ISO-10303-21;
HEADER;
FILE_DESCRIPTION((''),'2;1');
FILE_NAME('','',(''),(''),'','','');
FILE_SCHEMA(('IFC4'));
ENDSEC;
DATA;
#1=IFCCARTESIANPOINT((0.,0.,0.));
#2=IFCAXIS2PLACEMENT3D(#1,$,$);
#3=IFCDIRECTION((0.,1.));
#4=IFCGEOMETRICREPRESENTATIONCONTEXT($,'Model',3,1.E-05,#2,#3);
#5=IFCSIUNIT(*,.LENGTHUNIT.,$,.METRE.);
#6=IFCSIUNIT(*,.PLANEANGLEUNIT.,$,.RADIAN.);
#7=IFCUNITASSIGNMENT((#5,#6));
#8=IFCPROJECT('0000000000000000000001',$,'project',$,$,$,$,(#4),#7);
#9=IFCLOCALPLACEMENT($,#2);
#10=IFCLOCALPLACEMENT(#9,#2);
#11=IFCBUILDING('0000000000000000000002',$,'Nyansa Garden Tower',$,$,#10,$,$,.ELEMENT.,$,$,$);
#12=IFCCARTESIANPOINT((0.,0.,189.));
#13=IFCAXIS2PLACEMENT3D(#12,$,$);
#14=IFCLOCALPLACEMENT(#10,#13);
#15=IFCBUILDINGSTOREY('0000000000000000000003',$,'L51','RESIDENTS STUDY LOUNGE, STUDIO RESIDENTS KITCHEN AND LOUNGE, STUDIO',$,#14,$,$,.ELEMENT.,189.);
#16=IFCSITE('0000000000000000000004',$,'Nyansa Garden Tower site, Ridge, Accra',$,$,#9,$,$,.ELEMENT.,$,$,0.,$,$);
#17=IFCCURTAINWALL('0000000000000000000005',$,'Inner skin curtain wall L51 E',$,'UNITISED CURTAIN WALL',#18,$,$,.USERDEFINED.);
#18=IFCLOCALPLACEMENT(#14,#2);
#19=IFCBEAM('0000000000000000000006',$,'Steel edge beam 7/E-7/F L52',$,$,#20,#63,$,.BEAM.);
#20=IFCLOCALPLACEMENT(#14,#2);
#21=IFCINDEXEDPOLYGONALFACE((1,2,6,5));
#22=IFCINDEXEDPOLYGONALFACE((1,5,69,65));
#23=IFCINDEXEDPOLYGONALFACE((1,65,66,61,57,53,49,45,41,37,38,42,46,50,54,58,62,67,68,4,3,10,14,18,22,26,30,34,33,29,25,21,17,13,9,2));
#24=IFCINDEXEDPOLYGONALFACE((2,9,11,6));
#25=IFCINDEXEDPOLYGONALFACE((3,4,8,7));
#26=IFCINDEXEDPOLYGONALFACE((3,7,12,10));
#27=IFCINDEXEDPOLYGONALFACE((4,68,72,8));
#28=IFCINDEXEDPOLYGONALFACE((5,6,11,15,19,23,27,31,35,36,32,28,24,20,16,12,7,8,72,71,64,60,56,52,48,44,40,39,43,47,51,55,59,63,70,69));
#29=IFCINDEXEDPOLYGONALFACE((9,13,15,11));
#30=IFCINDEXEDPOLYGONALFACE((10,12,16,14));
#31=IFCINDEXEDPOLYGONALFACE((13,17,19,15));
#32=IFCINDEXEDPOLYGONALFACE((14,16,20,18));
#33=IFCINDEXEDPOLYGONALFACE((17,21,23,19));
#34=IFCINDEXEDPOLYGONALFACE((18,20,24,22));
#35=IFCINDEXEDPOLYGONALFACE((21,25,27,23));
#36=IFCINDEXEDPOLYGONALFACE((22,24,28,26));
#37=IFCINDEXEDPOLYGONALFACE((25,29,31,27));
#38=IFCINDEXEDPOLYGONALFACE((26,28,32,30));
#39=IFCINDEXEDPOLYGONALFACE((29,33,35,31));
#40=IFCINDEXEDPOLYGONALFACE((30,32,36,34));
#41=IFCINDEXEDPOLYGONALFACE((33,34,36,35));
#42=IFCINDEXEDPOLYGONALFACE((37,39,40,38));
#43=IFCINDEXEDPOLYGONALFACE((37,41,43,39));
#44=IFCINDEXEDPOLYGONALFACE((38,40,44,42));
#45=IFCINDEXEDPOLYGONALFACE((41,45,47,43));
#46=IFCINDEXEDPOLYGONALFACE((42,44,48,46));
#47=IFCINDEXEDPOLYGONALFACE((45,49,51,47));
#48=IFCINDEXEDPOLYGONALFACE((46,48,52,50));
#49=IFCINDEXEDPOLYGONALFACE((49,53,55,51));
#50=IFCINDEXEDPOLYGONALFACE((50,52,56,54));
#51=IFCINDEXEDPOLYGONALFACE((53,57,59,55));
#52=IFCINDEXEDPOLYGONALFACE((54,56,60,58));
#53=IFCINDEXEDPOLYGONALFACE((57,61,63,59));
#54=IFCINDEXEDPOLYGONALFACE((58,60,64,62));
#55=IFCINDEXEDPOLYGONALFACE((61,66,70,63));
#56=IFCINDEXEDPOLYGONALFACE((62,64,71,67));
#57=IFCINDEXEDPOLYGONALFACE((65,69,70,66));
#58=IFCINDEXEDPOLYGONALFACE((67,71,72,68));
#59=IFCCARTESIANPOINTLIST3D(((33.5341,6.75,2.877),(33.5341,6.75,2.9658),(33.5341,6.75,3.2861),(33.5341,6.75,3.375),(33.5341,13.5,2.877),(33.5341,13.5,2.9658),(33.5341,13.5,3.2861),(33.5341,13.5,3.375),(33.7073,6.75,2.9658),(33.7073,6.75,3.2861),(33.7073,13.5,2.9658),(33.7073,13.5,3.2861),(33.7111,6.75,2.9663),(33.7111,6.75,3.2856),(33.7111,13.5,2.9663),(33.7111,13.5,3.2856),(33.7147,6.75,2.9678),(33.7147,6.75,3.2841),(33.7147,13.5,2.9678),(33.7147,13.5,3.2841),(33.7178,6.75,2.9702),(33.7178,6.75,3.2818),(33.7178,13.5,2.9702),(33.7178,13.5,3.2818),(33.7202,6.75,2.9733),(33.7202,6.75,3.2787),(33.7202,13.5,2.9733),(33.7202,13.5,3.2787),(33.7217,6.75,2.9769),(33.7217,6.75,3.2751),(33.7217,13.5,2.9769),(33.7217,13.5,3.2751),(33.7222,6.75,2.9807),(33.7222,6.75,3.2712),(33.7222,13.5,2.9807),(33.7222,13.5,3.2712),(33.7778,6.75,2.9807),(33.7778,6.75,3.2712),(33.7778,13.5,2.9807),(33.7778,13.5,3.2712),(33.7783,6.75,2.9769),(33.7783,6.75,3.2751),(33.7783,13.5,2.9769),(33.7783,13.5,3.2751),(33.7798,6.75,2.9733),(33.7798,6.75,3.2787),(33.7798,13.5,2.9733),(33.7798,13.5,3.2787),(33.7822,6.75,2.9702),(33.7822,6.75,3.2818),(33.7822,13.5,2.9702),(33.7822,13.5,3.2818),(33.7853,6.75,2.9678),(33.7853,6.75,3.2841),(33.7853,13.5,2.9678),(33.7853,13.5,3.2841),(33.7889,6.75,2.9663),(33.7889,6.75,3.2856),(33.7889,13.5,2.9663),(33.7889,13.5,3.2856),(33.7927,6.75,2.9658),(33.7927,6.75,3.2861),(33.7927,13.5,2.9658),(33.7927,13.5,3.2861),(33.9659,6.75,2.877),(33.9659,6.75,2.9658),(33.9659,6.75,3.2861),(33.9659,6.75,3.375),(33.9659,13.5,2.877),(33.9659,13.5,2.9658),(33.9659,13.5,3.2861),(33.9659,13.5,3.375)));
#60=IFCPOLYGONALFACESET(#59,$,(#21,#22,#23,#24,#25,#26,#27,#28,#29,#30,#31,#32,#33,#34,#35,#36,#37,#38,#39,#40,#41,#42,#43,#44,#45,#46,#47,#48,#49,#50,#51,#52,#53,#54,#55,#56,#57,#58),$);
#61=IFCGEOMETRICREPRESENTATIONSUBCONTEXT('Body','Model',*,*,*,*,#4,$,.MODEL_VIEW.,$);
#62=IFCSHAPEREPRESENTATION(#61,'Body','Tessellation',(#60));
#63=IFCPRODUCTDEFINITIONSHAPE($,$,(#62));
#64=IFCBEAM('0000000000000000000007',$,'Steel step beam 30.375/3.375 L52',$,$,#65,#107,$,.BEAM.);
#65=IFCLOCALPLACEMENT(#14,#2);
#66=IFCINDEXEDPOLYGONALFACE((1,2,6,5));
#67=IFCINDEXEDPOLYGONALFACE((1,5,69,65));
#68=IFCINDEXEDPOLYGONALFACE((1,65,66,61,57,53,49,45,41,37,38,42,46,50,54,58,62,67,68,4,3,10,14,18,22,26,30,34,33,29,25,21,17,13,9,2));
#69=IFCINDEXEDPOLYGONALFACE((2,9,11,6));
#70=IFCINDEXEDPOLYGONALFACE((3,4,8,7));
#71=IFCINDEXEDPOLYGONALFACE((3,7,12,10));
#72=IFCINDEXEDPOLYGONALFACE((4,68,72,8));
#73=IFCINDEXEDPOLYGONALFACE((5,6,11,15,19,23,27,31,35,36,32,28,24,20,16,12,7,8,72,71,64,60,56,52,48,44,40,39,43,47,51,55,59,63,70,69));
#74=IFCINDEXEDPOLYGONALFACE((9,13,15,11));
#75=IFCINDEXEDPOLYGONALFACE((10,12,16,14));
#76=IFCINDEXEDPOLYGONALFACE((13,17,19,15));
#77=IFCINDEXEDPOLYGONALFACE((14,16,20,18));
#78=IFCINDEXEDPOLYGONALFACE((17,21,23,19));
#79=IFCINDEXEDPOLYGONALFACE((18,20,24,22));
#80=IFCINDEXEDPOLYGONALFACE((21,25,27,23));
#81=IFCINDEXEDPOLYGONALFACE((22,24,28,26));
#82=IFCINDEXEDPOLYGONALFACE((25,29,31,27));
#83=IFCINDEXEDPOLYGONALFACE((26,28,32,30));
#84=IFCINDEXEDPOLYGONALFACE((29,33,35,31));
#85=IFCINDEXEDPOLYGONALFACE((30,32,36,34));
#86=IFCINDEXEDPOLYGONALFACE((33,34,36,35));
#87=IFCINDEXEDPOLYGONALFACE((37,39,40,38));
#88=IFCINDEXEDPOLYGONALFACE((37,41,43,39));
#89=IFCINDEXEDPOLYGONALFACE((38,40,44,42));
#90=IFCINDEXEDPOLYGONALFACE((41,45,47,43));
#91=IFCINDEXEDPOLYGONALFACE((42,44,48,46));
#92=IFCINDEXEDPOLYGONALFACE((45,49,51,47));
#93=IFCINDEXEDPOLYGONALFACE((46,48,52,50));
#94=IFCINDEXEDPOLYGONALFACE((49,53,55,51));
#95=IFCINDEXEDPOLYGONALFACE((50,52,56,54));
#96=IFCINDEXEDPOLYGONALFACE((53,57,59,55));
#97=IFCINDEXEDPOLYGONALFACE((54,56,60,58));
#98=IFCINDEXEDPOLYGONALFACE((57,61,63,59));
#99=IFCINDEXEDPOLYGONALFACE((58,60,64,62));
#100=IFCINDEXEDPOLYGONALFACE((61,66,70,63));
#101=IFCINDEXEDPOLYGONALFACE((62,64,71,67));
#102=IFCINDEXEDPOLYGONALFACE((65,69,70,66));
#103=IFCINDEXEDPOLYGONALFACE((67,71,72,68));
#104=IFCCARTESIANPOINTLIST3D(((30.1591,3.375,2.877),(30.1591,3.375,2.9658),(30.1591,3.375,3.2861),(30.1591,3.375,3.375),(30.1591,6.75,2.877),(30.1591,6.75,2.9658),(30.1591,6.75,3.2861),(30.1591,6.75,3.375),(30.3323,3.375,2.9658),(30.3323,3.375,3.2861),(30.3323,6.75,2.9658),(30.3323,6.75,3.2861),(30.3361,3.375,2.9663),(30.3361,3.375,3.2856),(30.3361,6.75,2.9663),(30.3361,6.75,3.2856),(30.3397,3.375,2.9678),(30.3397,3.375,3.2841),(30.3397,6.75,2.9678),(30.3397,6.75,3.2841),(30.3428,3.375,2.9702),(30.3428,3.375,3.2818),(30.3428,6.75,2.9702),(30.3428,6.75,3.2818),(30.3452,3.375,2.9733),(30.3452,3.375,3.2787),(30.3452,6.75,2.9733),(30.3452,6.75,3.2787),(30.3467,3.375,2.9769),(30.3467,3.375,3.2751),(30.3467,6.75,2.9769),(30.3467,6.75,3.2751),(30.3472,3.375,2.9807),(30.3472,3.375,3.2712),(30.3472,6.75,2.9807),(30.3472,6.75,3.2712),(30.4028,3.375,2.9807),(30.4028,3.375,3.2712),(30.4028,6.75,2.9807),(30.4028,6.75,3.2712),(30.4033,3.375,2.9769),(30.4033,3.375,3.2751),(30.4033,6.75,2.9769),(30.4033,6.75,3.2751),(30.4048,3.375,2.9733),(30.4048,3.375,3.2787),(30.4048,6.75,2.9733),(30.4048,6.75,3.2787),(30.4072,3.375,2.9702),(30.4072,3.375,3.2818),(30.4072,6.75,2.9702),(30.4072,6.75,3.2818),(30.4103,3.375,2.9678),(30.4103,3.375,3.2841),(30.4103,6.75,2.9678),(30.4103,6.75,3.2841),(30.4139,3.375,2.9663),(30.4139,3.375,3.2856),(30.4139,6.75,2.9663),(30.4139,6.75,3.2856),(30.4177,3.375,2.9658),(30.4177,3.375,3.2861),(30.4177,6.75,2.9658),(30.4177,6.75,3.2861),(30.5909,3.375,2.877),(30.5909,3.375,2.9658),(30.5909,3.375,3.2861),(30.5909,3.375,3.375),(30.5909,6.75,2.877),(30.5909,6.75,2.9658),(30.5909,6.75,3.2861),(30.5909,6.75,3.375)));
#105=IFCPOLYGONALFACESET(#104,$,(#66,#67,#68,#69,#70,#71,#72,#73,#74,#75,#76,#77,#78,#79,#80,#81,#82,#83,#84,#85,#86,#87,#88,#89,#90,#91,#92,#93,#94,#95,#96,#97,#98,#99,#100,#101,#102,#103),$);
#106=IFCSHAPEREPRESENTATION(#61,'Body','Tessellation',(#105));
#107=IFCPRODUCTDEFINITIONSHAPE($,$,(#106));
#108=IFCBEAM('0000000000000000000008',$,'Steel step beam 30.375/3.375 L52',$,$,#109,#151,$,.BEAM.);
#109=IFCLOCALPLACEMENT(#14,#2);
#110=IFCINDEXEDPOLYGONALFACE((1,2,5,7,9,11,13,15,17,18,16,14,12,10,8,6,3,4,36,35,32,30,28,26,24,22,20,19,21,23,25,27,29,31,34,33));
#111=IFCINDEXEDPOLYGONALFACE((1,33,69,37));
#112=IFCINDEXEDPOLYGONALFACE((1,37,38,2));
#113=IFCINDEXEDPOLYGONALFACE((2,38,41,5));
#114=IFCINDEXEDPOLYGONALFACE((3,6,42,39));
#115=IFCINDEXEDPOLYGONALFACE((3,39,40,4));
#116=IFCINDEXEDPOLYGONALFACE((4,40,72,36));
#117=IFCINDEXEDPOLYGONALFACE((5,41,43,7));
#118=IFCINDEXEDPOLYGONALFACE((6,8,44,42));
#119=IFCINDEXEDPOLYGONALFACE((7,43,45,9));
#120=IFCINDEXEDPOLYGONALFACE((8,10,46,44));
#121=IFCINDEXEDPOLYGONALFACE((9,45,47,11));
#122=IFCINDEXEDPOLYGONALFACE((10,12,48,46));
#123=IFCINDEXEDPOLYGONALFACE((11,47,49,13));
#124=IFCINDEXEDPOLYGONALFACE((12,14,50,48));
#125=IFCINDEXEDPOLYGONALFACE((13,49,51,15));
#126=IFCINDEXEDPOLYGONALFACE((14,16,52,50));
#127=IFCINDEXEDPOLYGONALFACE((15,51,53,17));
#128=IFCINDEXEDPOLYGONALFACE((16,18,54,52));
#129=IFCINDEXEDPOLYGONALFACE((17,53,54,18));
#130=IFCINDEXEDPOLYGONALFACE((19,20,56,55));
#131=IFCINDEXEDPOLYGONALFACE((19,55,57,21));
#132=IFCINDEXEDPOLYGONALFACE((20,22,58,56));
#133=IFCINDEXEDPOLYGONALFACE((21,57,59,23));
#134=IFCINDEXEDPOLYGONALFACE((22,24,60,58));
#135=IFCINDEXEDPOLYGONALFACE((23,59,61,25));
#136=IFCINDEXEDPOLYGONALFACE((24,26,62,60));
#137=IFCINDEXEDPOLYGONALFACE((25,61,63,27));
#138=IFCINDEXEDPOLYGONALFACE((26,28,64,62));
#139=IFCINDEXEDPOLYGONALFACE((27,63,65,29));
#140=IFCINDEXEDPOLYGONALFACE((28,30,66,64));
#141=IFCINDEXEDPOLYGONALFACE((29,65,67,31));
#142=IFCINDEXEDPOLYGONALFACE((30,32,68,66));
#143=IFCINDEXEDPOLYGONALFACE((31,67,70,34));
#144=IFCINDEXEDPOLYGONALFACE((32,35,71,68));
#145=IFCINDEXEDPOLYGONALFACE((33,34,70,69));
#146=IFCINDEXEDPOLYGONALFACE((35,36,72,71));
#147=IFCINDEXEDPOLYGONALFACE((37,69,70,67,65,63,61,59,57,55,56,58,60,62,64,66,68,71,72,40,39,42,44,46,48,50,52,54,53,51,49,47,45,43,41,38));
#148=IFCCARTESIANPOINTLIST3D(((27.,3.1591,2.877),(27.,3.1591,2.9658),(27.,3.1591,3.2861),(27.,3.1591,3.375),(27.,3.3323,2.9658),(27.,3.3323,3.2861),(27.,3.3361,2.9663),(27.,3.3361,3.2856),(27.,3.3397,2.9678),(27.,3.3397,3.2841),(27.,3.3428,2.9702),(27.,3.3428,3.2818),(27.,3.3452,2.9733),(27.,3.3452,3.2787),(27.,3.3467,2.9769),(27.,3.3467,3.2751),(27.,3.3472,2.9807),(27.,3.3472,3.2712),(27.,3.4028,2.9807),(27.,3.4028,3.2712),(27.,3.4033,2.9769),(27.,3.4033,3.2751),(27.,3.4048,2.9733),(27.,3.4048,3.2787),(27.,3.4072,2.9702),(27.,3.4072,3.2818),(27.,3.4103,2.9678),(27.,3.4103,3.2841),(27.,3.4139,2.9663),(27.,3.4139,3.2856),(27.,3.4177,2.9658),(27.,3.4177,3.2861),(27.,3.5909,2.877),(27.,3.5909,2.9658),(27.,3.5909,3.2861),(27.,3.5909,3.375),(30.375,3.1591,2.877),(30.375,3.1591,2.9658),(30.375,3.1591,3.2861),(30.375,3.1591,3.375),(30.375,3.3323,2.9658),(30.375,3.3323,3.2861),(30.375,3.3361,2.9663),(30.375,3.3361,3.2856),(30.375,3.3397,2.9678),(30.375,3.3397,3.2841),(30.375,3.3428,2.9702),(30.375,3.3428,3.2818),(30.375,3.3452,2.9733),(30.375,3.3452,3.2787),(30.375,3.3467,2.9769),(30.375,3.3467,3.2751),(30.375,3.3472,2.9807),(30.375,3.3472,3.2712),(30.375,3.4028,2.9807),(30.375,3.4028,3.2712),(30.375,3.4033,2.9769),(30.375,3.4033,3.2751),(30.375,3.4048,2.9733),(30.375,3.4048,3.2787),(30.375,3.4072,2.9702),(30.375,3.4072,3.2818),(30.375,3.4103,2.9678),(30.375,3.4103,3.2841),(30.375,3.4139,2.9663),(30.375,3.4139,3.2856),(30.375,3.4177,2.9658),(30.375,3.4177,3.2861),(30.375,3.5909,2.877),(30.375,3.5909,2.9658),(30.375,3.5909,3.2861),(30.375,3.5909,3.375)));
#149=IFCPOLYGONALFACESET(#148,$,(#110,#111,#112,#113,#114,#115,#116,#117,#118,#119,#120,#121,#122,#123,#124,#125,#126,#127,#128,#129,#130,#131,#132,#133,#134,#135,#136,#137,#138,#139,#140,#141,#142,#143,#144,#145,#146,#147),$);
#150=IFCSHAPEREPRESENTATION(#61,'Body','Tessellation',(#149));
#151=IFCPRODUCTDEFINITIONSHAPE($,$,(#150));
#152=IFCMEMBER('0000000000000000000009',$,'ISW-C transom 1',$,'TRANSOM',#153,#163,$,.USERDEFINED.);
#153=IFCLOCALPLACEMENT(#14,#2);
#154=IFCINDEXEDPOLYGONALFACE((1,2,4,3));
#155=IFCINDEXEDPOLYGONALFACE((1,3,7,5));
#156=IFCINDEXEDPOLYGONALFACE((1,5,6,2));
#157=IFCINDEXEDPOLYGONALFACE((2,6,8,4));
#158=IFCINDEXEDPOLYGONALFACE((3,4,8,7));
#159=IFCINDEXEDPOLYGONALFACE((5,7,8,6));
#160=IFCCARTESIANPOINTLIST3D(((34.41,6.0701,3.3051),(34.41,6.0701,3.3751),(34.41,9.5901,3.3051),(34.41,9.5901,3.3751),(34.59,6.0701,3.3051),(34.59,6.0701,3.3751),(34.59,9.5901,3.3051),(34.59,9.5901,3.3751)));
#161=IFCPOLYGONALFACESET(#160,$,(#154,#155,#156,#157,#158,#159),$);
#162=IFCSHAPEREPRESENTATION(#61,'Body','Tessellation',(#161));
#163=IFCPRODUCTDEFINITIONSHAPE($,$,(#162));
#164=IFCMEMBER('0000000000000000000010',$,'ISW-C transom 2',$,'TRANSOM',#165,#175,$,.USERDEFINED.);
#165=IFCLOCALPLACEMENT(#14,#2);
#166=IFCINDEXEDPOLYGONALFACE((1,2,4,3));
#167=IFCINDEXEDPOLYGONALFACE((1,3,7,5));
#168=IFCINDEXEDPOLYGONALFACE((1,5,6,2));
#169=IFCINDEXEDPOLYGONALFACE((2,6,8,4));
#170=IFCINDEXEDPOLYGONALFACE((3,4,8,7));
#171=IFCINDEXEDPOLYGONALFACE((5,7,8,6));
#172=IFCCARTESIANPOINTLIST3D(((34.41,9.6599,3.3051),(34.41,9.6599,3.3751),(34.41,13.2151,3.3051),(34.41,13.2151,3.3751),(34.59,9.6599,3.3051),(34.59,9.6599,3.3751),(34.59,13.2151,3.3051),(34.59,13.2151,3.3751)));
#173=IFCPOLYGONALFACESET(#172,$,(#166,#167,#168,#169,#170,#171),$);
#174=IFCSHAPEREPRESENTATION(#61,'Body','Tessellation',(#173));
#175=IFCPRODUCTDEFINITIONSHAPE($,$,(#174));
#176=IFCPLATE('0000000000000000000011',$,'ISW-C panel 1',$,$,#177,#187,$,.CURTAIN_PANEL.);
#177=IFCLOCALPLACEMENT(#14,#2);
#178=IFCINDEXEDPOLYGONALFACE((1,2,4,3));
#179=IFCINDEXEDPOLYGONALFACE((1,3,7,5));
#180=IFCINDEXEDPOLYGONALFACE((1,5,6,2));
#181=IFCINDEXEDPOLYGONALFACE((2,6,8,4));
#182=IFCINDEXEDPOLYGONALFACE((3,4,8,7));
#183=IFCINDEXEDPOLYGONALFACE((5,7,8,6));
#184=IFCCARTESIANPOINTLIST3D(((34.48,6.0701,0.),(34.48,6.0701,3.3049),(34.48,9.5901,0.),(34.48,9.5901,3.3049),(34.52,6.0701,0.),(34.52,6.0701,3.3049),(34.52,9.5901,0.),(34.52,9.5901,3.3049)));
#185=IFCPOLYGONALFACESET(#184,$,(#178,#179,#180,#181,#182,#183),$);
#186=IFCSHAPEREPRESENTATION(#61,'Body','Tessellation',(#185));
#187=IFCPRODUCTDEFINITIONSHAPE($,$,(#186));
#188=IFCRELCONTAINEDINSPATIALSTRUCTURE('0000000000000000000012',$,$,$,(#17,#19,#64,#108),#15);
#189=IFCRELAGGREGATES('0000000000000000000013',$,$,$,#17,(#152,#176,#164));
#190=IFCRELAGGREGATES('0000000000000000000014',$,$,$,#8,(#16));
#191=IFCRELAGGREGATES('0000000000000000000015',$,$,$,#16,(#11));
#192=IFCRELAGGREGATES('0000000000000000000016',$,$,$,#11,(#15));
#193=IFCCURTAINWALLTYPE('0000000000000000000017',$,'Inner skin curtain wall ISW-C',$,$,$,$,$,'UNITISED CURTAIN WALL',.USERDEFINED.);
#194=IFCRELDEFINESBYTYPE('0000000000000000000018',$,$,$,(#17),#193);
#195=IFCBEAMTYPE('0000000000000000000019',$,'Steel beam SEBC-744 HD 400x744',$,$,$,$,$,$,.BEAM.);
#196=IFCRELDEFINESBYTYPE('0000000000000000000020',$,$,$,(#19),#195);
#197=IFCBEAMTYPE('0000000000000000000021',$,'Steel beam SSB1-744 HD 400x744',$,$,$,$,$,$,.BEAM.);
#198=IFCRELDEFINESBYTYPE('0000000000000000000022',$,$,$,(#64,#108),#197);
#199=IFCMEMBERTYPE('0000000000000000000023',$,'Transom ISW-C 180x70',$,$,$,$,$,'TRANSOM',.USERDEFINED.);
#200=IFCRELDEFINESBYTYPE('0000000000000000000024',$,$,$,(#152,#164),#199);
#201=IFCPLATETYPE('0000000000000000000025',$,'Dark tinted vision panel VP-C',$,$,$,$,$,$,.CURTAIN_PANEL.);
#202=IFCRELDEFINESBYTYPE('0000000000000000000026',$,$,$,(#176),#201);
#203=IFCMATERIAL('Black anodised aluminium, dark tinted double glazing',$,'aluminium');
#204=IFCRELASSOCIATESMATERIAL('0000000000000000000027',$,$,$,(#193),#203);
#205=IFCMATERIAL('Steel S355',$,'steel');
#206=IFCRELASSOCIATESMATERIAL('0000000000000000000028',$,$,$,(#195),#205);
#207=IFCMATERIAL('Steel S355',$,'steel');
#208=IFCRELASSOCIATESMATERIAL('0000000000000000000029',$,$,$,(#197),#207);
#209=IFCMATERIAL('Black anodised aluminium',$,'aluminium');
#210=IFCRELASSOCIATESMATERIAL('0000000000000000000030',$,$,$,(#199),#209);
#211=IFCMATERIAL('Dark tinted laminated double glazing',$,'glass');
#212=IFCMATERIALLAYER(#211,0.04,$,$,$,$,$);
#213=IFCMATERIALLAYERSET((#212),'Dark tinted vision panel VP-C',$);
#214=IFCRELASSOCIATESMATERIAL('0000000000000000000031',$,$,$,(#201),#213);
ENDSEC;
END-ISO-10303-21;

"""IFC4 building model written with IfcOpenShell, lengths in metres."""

from ifc_helpers import new_model, si_unit, direction, frame, origin, origin_2d, place, context, subcontext, project, spatial, rectangle, i_section, extrude, material, layer, layer_set, material_profile, profile_set, type_object, element, aggregate, save


model = new_model("IFC4")

# Units and contexts
model_context = context("Model", 3, precision=1e-05, world=origin(), true_north=direction((0.0, 1.0)))
body_context = subcontext(model_context, "Body", "Model", "MODEL_VIEW")
ifc_project = project(units=[si_unit("LENGTHUNIT", "METRE"), si_unit("PLANEANGLEUNIT", "RADIAN")], contexts=[model_context])

# Site, building, storey
site_placement = place(None, origin())
site = spatial("IfcSite", under=ifc_project, at=site_placement, Name="Nyansa Garden Tower site, Ridge, Accra", CompositionType="ELEMENT", RefElevation=0.0)
building_placement = place(site_placement, origin())
building = spatial("IfcBuilding", under=site, at=building_placement, Name="Nyansa Garden Tower", CompositionType="ELEMENT")
storey_placement = place(building_placement, frame((0.0, 0.0, 189.0)))
storey = spatial("IfcBuildingStorey", under=building, at=storey_placement, Name="L51", Description="RESIDENTS STUDY LOUNGE, STUDIO RESIDENTS KITCHEN AND LOUNGE, STUDIO", CompositionType="ELEMENT", Elevation=189.0)

# Curtain wall
ifc_material_1 = material(Name="Black anodised aluminium, dark tinted double glazing", Category="aluminium")
curtain_wall_type = type_object("IfcCurtainWallType", Name="Inner skin curtain wall ISW-C", ElementType="UNITISED CURTAIN WALL", PredefinedType="USERDEFINED", material=ifc_material_1)
curtain_wall_1_placement = place(storey_placement, origin())
curtain_wall_1 = element("IfcCurtainWall", 1, at=curtain_wall_1_placement, inside=storey, type_object=curtain_wall_type, Name="Inner skin curtain wall L51 E", ObjectType="UNITISED CURTAIN WALL", PredefinedType="USERDEFINED")

# Beams
ifc_material_2 = material(Name="Steel S355", Category="steel")
ifc_material_profile_1 = material_profile(ifc_material_2, i_section(OverallWidth=0.4319, OverallDepth=0.498, WebThickness=0.0557, FlangeThickness=0.0889, FilletRadius=0.0149, at=origin_2d()), Name="HD 400x744")
ifc_profile_set_1 = profile_set([ifc_material_profile_1], Name="Steel S355")
beam_type_1 = type_object("IfcBeamType", Name="Steel beam SEBC-744 HD 400x744", PredefinedType="BEAM", material=ifc_profile_set_1)
beam_1_placement = place(storey_placement, frame((33.75, 6.75, 3.126), z_axis=(0.0, 1.0, 0.0), x_axis=(-1.0, 0.0, 0.0)))
element("IfcBeam", 2, at=beam_1_placement, inside=storey, type_object=beam_type_1, Name="Steel edge beam 7/E-7/F L52", PredefinedType="BEAM", context=body_context, shape_type="SweptSolid", body=[
    extrude(i_section(OverallWidth=0.4319, OverallDepth=0.498, WebThickness=0.0557, FlangeThickness=0.0889, FilletRadius=0.0149, at=origin_2d()), origin(), (0.0, 0.0, 1.0), 6.75),
])
ifc_material_3 = material(Name="Steel S355", Category="steel")
ifc_material_profile_2 = material_profile(ifc_material_3, i_section(OverallWidth=0.4319, OverallDepth=0.498, WebThickness=0.0557, FlangeThickness=0.0889, FilletRadius=0.0149, at=origin_2d()), Name="HD 400x744")
ifc_profile_set_2 = profile_set([ifc_material_profile_2], Name="Steel S355")
beam_type_2 = type_object("IfcBeamType", Name="Steel beam SSB1-744 HD 400x744", PredefinedType="BEAM", material=ifc_profile_set_2)
for number, where, z_axis, x_axis, name in (
    (3, (30.375, 3.375, 3.126), (0.0, 1.0, 0.0), (-1.0, 0.0, 0.0), "Steel step beam 30.375/3.375 L52"),
    (4, (30.375, 3.375, 3.126), (-1.0, 0.0, 0.0), (0.0, -1.0, 0.0), "Steel step beam 30.375/3.375 L52"),
):
    element("IfcBeam", number, at=place(storey_placement, frame(where, z_axis=z_axis, x_axis=x_axis)), inside=storey, type_object=beam_type_2, Name=name, PredefinedType="BEAM", context=body_context, shape_type="SweptSolid", body=[
        extrude(i_section(OverallWidth=0.4319, OverallDepth=0.498, WebThickness=0.0557, FlangeThickness=0.0889, FilletRadius=0.0149, at=origin_2d()), origin(), (0.0, 0.0, 1.0), 3.375),
    ])

# Members
ifc_material_4 = material(Name="Black anodised aluminium", Category="aluminium")
ifc_material_profile_3 = material_profile(ifc_material_4, rectangle(XDim=0.1799, YDim=0.0701, at=origin_2d()), Name="Transom 180x70")
ifc_profile_set_3 = profile_set([ifc_material_profile_3], Name="Black anodised aluminium")
member_type_1 = type_object("IfcMemberType", Name="Transom ISW-C 180x70", ElementType="TRANSOM", PredefinedType="USERDEFINED", material=ifc_profile_set_3)
member_1_placement = place(storey_placement, frame((34.5, 6.0701, 3.3401), z_axis=(0.0, 1.0, 0.0), x_axis=(-1.0, 0.0, 0.0)))
member_1 = element("IfcMember", 5, at=member_1_placement, type_object=member_type_1, Name="ISW-C transom 1", ObjectType="TRANSOM", PredefinedType="USERDEFINED", context=body_context, shape_type="SweptSolid", body=[
    extrude(rectangle(XDim=0.1799, YDim=0.0701, at=origin_2d()), origin(), (0.0, 0.0, 1.0), 3.52),
])
member_2_placement = place(storey_placement, frame((34.5, 9.6599, 3.3401), z_axis=(0.0, 1.0, 0.0), x_axis=(-1.0, 0.0, 0.0)))
member_2 = element("IfcMember", 6, at=member_2_placement, type_object=member_type_1, Name="ISW-C transom 2", ObjectType="TRANSOM", PredefinedType="USERDEFINED", context=body_context, shape_type="SweptSolid", body=[
    extrude(rectangle(XDim=0.1799, YDim=0.0701, at=origin_2d()), origin(), (0.0, 0.0, 1.0), 3.5552),
])

# Plate
ifc_material_5 = material(Name="Dark tinted laminated double glazing", Category="glass")
ifc_layer_1 = layer(ifc_material_5, 0.04)
ifc_layer_set_1 = layer_set([ifc_layer_1], Name="Dark tinted vision panel VP-C")
plate_type = type_object("IfcPlateType", Name="Dark tinted vision panel VP-C", PredefinedType="CURTAIN_PANEL", material=ifc_layer_set_1)
plate_placement = place(storey_placement, frame((34.5, 7.8301, 0.0), z_axis=(0.0, 0.0, 1.0), x_axis=(0.0, 1.0, 0.0)))
plate = element("IfcPlate", 7, at=plate_placement, type_object=plate_type, Name="ISW-C panel 1", PredefinedType="CURTAIN_PANEL", context=body_context, shape_type="SweptSolid", body=[
    extrude(rectangle(XDim=3.52, YDim=0.04, at=origin_2d()), origin(), (0.0, 0.0, 1.0), 3.3049),
])
aggregate(curtain_wall_1, [member_1, plate, member_2])

save(model, "model.ifc")
